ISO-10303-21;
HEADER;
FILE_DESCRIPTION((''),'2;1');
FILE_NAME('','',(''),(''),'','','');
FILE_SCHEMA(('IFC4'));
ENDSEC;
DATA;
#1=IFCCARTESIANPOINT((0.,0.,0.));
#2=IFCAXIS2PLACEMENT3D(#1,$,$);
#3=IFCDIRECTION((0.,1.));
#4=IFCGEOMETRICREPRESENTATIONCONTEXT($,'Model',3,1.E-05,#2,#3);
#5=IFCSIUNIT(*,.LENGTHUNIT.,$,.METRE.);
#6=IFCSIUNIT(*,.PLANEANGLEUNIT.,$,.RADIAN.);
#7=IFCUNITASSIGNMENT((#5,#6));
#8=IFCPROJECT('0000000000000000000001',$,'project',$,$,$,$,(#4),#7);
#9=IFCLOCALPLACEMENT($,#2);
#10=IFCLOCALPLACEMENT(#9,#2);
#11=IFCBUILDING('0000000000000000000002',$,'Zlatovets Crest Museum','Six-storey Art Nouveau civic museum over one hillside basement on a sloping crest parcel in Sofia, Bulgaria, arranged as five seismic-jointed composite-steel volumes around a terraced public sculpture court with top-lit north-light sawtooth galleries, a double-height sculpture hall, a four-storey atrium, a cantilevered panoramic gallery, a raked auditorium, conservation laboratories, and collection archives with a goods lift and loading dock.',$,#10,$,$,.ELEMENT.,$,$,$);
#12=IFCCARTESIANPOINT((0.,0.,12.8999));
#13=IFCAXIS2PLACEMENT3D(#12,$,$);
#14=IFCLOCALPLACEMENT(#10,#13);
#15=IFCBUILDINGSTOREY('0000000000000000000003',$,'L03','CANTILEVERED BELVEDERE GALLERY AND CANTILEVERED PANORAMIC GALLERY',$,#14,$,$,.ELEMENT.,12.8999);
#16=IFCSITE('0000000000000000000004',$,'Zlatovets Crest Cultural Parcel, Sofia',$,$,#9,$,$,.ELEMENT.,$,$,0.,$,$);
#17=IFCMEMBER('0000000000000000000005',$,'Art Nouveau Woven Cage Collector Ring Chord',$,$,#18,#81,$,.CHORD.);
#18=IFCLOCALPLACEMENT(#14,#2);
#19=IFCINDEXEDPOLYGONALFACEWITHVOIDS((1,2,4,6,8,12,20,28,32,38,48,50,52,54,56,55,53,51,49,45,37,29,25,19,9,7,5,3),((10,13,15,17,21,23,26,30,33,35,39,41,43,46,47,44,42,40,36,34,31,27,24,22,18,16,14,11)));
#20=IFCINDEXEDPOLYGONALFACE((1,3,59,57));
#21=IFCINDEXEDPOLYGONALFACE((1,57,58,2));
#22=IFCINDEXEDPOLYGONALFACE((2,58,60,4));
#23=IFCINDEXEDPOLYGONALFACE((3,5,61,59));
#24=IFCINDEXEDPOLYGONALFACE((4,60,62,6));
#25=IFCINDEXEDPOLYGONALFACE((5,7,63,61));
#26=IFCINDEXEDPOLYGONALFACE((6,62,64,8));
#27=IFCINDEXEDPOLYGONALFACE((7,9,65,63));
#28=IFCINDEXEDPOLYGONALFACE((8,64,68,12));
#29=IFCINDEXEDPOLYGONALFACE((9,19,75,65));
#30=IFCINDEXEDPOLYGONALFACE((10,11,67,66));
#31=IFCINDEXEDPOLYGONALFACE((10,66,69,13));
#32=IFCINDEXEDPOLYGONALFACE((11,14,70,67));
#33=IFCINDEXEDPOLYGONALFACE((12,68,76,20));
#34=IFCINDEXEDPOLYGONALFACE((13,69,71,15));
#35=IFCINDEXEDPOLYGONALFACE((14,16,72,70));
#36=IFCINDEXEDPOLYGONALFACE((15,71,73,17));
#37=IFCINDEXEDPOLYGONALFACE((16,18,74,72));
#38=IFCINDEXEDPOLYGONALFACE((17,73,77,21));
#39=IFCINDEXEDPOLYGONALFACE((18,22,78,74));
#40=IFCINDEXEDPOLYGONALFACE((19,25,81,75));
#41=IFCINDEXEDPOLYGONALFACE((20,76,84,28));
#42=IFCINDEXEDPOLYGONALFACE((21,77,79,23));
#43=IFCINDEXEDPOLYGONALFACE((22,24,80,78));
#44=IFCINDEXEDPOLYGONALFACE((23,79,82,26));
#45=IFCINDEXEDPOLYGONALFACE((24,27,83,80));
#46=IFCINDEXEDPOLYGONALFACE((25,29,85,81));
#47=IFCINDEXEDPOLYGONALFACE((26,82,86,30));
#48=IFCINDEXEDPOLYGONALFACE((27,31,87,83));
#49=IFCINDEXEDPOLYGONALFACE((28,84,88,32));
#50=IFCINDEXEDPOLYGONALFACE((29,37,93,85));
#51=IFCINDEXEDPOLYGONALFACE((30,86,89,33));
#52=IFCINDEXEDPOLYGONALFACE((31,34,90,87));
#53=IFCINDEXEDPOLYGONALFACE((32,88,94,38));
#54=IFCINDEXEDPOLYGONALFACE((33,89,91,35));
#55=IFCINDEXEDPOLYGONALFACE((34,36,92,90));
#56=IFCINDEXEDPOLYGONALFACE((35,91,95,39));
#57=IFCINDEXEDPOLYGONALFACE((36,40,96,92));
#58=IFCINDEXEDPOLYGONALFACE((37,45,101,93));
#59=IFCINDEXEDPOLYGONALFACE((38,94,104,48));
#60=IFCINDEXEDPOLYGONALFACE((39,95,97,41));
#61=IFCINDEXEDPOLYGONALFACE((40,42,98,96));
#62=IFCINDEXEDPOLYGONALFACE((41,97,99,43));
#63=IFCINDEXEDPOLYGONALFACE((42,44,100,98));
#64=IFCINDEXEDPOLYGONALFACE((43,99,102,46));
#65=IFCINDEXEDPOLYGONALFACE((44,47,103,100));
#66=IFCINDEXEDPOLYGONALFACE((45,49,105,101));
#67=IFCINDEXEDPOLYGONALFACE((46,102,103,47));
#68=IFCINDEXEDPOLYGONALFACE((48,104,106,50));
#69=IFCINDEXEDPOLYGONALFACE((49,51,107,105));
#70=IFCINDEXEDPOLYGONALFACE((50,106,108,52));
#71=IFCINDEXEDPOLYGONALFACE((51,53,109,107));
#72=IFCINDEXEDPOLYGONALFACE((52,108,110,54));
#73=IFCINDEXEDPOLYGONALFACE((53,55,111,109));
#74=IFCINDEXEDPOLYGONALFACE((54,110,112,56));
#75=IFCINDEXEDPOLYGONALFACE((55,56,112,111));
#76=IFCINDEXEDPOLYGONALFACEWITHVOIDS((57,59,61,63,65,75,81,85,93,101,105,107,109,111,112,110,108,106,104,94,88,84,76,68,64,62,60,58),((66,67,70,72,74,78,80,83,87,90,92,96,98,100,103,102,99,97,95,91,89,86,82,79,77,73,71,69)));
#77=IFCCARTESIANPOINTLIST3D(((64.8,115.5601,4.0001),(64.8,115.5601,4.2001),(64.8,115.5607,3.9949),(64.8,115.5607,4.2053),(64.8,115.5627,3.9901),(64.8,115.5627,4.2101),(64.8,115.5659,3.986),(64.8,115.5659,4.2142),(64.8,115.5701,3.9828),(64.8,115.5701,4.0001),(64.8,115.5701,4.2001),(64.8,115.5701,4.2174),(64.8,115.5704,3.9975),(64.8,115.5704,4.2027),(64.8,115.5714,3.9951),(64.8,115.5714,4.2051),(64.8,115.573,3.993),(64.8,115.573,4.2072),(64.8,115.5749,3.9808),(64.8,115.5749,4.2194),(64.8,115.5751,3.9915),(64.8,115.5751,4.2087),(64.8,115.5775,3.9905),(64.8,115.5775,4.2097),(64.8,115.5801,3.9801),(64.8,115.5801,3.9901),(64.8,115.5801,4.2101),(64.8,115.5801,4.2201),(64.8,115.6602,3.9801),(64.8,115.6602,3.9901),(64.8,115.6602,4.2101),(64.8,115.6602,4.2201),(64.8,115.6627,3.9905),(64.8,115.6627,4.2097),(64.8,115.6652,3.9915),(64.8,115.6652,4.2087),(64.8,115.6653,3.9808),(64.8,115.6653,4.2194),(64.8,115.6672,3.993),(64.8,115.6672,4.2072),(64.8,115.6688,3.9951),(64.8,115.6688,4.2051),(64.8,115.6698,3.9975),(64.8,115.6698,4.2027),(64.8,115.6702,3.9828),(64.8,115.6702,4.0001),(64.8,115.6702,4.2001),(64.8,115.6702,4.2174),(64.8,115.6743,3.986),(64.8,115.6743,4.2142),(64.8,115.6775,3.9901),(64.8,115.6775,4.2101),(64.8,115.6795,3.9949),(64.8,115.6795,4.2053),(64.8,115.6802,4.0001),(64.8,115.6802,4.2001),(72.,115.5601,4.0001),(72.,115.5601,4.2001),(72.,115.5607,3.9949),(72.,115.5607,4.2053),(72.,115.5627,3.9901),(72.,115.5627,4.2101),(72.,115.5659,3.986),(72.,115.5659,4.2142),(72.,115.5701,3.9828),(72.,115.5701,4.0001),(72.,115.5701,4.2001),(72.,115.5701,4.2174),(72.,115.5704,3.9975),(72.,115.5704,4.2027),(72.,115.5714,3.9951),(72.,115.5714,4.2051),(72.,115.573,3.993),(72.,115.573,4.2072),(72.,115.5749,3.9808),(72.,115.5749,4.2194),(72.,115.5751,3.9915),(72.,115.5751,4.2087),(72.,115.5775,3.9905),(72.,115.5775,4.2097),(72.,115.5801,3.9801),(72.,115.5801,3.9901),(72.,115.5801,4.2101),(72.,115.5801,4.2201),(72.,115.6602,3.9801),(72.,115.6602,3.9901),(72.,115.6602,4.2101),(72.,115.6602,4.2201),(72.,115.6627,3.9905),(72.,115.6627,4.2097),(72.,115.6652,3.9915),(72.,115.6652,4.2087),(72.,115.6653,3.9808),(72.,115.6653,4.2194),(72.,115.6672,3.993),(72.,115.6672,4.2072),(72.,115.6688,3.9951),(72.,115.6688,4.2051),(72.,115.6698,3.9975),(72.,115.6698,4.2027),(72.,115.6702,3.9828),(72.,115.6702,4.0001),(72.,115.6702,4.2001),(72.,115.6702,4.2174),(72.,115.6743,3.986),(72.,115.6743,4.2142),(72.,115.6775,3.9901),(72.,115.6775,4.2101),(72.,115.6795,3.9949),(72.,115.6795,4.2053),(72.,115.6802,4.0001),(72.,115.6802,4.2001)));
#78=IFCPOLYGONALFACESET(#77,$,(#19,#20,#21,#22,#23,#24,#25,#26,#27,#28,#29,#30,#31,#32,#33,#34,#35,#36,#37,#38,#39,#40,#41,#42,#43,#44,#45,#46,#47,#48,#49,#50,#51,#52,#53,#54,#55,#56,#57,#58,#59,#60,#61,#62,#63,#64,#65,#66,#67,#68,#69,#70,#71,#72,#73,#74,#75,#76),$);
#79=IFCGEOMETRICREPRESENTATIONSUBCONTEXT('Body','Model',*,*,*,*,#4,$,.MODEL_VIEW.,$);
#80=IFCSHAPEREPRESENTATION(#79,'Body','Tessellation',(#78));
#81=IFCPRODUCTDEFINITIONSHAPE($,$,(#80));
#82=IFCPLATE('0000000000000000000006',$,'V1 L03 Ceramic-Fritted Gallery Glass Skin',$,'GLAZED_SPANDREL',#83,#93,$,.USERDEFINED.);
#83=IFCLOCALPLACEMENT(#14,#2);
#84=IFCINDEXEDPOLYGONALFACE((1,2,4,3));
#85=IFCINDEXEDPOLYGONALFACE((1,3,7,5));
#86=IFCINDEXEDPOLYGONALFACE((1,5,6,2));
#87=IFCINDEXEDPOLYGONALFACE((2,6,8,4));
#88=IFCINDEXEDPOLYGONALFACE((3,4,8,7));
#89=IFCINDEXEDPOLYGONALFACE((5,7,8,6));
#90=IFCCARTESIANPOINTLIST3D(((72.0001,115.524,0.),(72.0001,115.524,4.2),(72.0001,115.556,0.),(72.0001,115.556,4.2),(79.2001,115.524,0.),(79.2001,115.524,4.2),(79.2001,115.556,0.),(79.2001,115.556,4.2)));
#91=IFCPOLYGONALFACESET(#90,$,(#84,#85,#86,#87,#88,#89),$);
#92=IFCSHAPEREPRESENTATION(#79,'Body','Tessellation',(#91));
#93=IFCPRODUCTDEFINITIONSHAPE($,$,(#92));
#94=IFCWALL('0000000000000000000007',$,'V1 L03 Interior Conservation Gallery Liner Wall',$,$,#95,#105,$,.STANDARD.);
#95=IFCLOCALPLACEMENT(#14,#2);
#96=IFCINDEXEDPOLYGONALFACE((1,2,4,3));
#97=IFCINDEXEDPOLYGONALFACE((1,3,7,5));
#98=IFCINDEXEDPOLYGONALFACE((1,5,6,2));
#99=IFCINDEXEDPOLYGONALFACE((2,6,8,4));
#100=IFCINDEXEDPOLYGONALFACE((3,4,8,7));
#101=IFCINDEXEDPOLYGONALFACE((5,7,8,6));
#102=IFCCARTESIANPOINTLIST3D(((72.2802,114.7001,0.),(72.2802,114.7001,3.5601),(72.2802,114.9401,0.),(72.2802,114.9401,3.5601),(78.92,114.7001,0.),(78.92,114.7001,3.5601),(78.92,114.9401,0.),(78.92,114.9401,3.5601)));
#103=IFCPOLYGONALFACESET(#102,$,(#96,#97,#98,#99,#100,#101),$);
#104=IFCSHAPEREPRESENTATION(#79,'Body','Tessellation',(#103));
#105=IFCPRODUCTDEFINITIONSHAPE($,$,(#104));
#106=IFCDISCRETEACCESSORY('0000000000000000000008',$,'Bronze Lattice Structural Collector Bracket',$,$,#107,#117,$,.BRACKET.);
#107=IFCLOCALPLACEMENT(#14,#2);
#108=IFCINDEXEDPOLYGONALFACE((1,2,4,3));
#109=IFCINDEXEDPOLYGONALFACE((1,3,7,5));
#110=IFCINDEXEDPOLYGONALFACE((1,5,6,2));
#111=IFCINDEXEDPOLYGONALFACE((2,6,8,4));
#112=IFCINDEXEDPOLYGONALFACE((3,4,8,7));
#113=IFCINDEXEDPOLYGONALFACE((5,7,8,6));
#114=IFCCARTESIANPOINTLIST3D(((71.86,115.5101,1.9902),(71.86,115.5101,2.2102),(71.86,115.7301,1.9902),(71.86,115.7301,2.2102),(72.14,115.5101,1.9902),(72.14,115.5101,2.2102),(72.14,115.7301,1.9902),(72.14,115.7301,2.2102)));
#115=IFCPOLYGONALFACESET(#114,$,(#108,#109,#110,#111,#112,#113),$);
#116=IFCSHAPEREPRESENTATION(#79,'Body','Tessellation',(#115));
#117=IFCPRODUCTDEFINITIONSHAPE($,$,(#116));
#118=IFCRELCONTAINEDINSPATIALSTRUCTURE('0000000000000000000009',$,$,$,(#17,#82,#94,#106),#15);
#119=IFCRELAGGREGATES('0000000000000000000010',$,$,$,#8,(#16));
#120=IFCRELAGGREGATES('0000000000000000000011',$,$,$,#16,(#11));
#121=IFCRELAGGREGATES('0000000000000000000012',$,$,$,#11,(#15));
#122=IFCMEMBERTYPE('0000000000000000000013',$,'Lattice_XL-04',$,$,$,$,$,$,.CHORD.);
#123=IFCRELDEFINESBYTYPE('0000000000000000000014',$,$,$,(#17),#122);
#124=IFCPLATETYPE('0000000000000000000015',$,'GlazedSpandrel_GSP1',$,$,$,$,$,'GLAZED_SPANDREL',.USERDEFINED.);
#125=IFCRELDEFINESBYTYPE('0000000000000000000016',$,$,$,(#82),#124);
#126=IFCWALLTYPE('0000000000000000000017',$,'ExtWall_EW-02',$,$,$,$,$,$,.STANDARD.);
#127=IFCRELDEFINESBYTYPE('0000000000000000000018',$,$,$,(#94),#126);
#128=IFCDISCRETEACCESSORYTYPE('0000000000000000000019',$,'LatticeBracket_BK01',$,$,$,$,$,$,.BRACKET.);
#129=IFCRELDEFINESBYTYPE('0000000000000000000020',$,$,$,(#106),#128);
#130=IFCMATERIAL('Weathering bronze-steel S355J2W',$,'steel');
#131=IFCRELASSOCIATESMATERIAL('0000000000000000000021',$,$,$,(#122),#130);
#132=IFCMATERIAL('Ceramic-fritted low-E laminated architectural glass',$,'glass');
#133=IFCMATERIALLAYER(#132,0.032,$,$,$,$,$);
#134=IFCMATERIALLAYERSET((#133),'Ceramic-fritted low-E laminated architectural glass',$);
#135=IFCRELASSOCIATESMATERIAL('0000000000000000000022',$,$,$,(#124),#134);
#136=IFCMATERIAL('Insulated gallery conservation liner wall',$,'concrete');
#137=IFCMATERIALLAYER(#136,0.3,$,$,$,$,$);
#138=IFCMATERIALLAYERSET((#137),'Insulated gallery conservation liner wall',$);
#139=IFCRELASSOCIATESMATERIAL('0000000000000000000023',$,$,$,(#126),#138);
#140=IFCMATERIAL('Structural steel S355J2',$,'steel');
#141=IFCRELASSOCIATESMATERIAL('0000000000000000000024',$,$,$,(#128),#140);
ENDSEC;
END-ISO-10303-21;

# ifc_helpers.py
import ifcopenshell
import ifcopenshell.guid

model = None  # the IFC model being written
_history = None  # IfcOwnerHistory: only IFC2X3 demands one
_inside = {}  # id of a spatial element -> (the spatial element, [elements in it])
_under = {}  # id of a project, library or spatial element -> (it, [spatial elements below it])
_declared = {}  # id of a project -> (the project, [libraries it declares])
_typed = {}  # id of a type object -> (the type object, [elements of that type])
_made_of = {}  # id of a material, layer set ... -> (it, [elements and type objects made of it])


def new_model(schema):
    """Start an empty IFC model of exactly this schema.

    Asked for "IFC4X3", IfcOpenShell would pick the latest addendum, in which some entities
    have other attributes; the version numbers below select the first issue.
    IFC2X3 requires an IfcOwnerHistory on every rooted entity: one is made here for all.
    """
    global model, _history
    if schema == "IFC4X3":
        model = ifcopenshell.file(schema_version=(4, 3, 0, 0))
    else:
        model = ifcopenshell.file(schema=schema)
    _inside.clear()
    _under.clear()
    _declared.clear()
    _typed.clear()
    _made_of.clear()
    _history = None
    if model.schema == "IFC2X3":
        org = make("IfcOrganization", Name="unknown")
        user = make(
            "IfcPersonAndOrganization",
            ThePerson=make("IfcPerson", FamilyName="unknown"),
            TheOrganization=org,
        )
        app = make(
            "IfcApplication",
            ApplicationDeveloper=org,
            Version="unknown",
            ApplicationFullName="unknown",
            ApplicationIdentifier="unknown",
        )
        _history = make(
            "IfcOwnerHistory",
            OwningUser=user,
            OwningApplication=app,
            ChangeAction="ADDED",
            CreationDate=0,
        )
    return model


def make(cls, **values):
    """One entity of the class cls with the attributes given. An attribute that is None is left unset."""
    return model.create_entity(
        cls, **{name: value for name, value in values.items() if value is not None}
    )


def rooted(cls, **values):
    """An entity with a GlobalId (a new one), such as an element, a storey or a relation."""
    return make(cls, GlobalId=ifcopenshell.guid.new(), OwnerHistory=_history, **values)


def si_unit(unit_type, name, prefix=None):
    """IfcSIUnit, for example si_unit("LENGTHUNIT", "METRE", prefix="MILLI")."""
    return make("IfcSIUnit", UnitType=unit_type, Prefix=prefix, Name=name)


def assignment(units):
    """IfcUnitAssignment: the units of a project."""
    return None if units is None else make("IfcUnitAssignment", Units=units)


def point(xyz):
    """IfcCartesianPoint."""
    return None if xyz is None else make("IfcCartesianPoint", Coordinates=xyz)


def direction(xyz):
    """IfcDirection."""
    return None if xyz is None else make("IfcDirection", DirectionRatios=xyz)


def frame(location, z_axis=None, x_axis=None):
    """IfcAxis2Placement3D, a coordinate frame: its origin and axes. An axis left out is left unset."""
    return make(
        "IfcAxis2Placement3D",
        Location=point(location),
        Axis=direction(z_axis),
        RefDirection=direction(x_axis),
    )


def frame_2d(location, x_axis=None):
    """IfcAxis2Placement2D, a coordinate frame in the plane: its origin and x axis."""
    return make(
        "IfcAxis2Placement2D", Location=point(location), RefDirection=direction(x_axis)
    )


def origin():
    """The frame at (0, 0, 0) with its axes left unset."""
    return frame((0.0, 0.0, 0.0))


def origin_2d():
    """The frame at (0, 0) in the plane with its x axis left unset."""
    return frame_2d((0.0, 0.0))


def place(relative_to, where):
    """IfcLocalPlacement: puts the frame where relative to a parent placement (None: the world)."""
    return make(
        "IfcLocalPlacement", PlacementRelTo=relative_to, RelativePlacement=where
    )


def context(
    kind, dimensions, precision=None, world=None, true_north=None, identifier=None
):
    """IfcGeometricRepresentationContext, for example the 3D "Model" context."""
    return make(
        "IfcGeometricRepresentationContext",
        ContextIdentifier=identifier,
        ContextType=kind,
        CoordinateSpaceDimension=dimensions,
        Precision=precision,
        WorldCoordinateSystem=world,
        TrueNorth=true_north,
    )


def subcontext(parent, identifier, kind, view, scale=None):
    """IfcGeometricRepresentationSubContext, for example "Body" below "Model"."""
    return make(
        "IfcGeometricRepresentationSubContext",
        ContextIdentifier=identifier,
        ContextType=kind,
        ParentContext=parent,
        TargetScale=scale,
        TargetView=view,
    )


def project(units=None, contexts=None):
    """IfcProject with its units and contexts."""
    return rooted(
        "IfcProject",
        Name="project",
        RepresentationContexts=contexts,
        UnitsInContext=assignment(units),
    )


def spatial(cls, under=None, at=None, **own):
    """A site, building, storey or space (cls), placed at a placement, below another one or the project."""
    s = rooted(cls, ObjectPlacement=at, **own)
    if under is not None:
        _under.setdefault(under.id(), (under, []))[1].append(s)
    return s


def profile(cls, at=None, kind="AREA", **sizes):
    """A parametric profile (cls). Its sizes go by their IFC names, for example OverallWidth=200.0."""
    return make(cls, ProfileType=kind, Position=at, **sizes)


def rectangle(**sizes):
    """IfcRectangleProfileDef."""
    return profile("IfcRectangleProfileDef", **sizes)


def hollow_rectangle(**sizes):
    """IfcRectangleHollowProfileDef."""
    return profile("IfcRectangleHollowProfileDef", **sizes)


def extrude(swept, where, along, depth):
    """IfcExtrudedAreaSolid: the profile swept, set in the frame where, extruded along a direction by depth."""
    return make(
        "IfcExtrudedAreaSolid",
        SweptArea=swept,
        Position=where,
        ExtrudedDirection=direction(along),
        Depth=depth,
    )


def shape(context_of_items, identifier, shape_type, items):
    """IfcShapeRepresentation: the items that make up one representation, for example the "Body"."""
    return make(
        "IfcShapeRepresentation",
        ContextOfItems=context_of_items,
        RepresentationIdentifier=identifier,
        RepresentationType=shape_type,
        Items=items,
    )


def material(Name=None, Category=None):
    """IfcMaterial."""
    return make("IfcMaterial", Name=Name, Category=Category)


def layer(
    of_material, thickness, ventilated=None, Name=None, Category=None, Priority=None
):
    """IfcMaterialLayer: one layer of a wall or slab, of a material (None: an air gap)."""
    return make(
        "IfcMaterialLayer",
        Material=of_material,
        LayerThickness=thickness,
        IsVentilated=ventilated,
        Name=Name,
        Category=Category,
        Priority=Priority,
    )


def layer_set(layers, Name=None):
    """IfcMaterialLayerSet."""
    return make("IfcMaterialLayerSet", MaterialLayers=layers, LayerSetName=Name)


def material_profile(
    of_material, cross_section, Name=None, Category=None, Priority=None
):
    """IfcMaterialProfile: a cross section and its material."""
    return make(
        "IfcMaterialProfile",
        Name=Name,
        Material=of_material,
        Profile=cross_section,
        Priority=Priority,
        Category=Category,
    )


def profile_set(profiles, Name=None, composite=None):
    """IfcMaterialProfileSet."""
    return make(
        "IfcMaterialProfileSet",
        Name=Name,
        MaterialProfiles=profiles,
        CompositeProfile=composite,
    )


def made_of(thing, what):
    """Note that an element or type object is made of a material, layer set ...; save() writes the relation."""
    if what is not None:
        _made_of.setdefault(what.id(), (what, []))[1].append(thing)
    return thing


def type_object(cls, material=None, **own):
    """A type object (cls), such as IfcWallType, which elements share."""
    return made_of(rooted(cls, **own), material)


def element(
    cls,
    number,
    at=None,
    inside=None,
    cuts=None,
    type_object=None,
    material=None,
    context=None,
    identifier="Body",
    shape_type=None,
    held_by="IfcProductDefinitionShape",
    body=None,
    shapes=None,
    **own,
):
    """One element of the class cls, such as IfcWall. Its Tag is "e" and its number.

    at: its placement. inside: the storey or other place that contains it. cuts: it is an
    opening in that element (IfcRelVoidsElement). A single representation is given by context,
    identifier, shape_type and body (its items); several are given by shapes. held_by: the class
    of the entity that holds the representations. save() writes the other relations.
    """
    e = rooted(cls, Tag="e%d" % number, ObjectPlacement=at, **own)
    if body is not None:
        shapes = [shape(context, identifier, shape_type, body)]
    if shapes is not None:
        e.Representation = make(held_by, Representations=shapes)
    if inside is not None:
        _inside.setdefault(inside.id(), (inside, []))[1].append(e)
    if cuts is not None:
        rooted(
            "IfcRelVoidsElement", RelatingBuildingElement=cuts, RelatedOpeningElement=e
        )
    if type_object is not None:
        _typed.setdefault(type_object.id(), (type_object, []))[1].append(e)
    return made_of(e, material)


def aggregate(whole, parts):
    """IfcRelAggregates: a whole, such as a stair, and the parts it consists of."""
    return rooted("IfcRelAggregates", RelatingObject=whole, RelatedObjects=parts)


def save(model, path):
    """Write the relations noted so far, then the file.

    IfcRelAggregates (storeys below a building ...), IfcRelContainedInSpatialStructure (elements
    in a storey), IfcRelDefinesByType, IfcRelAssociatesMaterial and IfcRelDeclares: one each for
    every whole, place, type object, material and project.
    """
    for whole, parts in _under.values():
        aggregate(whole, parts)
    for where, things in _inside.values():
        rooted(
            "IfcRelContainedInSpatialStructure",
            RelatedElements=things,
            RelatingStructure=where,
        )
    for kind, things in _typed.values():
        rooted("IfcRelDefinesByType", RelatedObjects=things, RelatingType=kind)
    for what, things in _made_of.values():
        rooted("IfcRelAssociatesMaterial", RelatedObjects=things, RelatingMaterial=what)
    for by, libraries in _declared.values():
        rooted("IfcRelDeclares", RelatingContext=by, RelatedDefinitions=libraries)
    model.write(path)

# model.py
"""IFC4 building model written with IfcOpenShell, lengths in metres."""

from ifc_helpers import new_model, si_unit, direction, frame, frame_2d, origin, origin_2d, place, context, subcontext, project, spatial, rectangle, hollow_rectangle, extrude, material, layer, layer_set, material_profile, profile_set, type_object, element, save


model = new_model("IFC4")

# Units and contexts
model_context = context("Model", 3, precision=1e-05, world=origin(), true_north=direction((0.0, 1.0)))
body_context = subcontext(model_context, "Body", "Model", "MODEL_VIEW")
ifc_project = project(units=[si_unit("LENGTHUNIT", "METRE"), si_unit("PLANEANGLEUNIT", "RADIAN")], contexts=[model_context])

# Site, building, storey
site_placement = place(None, origin())
site = spatial("IfcSite", under=ifc_project, at=site_placement, Name="Zlatovets Crest Cultural Parcel, Sofia", CompositionType="ELEMENT", RefElevation=0.0)
building_placement = place(site_placement, origin())
building = spatial("IfcBuilding", under=site, at=building_placement, Name="Zlatovets Crest Museum", Description="Six-storey Art Nouveau civic museum over one hillside basement on a sloping crest parcel in Sofia, Bulgaria, arranged as five seismic-jointed composite-steel volumes around a terraced public sculpture court with top-lit north-light sawtooth galleries, a double-height sculpture hall, a four-storey atrium, a cantilevered panoramic gallery, a raked auditorium, conservation laboratories, and collection archives with a goods lift and loading dock.", CompositionType="ELEMENT")
storey_placement = place(building_placement, frame((0.0, 0.0, 12.8999)))
storey = spatial("IfcBuildingStorey", under=building, at=storey_placement, Name="L03", Description="CANTILEVERED BELVEDERE GALLERY AND CANTILEVERED PANORAMIC GALLERY", CompositionType="ELEMENT", Elevation=12.8999)

# Shared definitions
ifc_material_1 = material(Name="Structural steel S355J2", Category="steel")

# Member
ifc_material_2 = material(Name="Weathering bronze-steel S355J2W", Category="steel")
ifc_material_profile_1 = material_profile(ifc_material_2, hollow_rectangle(XDim=0.1201, YDim=0.24, WallThickness=0.01, InnerFilletRadius=0.01, OuterFilletRadius=0.02, at=origin_2d()), Name="RHS 120x240x10.0")
ifc_profile_set_1 = profile_set([ifc_material_profile_1], Name="Weathering bronze-steel S355J2W")
member_type = type_object("IfcMemberType", Name="Lattice_XL-04", PredefinedType="CHORD", material=ifc_profile_set_1)
member_placement = place(storey_placement, frame((72.0, 115.6201, 4.1001), z_axis=(-1.0, 0.0, 0.0), x_axis=(0.0, -1.0, 0.0)))
element("IfcMember", 1, at=member_placement, inside=storey, type_object=member_type, Name="Art Nouveau Woven Cage Collector Ring Chord", PredefinedType="CHORD", context=body_context, shape_type="SweptSolid", body=[
    extrude(hollow_rectangle(XDim=0.1201, YDim=0.24, WallThickness=0.01, InnerFilletRadius=0.01, OuterFilletRadius=0.02, at=origin_2d()), origin(), (0.0, 0.0, 1.0), 7.2),
])

# Plate
ifc_material_3 = material(Name="Ceramic-fritted low-E laminated architectural glass", Category="glass")
ifc_layer_1 = layer(ifc_material_3, 0.032)
ifc_layer_set_1 = layer_set([ifc_layer_1], Name="Ceramic-fritted low-E laminated architectural glass")
plate_type = type_object("IfcPlateType", Name="GlazedSpandrel_GSP1", ElementType="GLAZED_SPANDREL", PredefinedType="USERDEFINED", material=ifc_layer_set_1)
plate_placement = place(storey_placement, frame((75.6001, 115.54, 0.0), z_axis=(0.0, 0.0, 1.0), x_axis=(1.0, 0.0, 0.0)))
element("IfcPlate", 2, at=plate_placement, inside=storey, type_object=plate_type, Name="V1 L03 Ceramic-Fritted Gallery Glass Skin", ObjectType="GLAZED_SPANDREL", PredefinedType="USERDEFINED", context=body_context, shape_type="SweptSolid", body=[
    extrude(rectangle(XDim=7.2, YDim=0.032, at=origin_2d()), origin(), (0.0, 0.0, 1.0), 4.2),
])

# Wall
ifc_material_4 = material(Name="Insulated gallery conservation liner wall", Category="concrete")
ifc_layer_2 = layer(ifc_material_4, 0.3)
ifc_layer_set_2 = layer_set([ifc_layer_2], Name="Insulated gallery conservation liner wall")
wall_type = type_object("IfcWallType", Name="ExtWall_EW-02", PredefinedType="STANDARD", material=ifc_layer_set_2)
wall_placement = place(storey_placement, frame((78.9199, 114.8201, 0.0), z_axis=(0.0, 0.0, 1.0), x_axis=(-1.0, 0.0, 0.0)))
element("IfcWall", 3, at=wall_placement, inside=storey, type_object=wall_type, Name="V1 L03 Interior Conservation Gallery Liner Wall", PredefinedType="STANDARD", context=body_context, shape_type="SweptSolid", body=[
    extrude(rectangle(XDim=6.6399, YDim=0.24, at=frame_2d((3.3198, 0.0))), origin(), (0.0, 0.0, 1.0), 3.5601),
])

# Discrete accessory
discrete_accessory_type = type_object("IfcDiscreteAccessoryType", Name="LatticeBracket_BK01", PredefinedType="BRACKET", material=ifc_material_1)
discrete_accessory_placement = place(storey_placement, frame((72.0, 115.6201, 1.9902), z_axis=(0.0, 0.0, 1.0), x_axis=(1.0, 0.0, 0.0)))
element("IfcDiscreteAccessory", 4, at=discrete_accessory_placement, inside=storey, type_object=discrete_accessory_type, Name="Bronze Lattice Structural Collector Bracket", PredefinedType="BRACKET", context=body_context, shape_type="SweptSolid", body=[
    extrude(rectangle(XDim=0.28, YDim=0.22, at=origin_2d()), origin(), (0.0, 0.0, 1.0), 0.22),
])

save(model, "model.ifc")
